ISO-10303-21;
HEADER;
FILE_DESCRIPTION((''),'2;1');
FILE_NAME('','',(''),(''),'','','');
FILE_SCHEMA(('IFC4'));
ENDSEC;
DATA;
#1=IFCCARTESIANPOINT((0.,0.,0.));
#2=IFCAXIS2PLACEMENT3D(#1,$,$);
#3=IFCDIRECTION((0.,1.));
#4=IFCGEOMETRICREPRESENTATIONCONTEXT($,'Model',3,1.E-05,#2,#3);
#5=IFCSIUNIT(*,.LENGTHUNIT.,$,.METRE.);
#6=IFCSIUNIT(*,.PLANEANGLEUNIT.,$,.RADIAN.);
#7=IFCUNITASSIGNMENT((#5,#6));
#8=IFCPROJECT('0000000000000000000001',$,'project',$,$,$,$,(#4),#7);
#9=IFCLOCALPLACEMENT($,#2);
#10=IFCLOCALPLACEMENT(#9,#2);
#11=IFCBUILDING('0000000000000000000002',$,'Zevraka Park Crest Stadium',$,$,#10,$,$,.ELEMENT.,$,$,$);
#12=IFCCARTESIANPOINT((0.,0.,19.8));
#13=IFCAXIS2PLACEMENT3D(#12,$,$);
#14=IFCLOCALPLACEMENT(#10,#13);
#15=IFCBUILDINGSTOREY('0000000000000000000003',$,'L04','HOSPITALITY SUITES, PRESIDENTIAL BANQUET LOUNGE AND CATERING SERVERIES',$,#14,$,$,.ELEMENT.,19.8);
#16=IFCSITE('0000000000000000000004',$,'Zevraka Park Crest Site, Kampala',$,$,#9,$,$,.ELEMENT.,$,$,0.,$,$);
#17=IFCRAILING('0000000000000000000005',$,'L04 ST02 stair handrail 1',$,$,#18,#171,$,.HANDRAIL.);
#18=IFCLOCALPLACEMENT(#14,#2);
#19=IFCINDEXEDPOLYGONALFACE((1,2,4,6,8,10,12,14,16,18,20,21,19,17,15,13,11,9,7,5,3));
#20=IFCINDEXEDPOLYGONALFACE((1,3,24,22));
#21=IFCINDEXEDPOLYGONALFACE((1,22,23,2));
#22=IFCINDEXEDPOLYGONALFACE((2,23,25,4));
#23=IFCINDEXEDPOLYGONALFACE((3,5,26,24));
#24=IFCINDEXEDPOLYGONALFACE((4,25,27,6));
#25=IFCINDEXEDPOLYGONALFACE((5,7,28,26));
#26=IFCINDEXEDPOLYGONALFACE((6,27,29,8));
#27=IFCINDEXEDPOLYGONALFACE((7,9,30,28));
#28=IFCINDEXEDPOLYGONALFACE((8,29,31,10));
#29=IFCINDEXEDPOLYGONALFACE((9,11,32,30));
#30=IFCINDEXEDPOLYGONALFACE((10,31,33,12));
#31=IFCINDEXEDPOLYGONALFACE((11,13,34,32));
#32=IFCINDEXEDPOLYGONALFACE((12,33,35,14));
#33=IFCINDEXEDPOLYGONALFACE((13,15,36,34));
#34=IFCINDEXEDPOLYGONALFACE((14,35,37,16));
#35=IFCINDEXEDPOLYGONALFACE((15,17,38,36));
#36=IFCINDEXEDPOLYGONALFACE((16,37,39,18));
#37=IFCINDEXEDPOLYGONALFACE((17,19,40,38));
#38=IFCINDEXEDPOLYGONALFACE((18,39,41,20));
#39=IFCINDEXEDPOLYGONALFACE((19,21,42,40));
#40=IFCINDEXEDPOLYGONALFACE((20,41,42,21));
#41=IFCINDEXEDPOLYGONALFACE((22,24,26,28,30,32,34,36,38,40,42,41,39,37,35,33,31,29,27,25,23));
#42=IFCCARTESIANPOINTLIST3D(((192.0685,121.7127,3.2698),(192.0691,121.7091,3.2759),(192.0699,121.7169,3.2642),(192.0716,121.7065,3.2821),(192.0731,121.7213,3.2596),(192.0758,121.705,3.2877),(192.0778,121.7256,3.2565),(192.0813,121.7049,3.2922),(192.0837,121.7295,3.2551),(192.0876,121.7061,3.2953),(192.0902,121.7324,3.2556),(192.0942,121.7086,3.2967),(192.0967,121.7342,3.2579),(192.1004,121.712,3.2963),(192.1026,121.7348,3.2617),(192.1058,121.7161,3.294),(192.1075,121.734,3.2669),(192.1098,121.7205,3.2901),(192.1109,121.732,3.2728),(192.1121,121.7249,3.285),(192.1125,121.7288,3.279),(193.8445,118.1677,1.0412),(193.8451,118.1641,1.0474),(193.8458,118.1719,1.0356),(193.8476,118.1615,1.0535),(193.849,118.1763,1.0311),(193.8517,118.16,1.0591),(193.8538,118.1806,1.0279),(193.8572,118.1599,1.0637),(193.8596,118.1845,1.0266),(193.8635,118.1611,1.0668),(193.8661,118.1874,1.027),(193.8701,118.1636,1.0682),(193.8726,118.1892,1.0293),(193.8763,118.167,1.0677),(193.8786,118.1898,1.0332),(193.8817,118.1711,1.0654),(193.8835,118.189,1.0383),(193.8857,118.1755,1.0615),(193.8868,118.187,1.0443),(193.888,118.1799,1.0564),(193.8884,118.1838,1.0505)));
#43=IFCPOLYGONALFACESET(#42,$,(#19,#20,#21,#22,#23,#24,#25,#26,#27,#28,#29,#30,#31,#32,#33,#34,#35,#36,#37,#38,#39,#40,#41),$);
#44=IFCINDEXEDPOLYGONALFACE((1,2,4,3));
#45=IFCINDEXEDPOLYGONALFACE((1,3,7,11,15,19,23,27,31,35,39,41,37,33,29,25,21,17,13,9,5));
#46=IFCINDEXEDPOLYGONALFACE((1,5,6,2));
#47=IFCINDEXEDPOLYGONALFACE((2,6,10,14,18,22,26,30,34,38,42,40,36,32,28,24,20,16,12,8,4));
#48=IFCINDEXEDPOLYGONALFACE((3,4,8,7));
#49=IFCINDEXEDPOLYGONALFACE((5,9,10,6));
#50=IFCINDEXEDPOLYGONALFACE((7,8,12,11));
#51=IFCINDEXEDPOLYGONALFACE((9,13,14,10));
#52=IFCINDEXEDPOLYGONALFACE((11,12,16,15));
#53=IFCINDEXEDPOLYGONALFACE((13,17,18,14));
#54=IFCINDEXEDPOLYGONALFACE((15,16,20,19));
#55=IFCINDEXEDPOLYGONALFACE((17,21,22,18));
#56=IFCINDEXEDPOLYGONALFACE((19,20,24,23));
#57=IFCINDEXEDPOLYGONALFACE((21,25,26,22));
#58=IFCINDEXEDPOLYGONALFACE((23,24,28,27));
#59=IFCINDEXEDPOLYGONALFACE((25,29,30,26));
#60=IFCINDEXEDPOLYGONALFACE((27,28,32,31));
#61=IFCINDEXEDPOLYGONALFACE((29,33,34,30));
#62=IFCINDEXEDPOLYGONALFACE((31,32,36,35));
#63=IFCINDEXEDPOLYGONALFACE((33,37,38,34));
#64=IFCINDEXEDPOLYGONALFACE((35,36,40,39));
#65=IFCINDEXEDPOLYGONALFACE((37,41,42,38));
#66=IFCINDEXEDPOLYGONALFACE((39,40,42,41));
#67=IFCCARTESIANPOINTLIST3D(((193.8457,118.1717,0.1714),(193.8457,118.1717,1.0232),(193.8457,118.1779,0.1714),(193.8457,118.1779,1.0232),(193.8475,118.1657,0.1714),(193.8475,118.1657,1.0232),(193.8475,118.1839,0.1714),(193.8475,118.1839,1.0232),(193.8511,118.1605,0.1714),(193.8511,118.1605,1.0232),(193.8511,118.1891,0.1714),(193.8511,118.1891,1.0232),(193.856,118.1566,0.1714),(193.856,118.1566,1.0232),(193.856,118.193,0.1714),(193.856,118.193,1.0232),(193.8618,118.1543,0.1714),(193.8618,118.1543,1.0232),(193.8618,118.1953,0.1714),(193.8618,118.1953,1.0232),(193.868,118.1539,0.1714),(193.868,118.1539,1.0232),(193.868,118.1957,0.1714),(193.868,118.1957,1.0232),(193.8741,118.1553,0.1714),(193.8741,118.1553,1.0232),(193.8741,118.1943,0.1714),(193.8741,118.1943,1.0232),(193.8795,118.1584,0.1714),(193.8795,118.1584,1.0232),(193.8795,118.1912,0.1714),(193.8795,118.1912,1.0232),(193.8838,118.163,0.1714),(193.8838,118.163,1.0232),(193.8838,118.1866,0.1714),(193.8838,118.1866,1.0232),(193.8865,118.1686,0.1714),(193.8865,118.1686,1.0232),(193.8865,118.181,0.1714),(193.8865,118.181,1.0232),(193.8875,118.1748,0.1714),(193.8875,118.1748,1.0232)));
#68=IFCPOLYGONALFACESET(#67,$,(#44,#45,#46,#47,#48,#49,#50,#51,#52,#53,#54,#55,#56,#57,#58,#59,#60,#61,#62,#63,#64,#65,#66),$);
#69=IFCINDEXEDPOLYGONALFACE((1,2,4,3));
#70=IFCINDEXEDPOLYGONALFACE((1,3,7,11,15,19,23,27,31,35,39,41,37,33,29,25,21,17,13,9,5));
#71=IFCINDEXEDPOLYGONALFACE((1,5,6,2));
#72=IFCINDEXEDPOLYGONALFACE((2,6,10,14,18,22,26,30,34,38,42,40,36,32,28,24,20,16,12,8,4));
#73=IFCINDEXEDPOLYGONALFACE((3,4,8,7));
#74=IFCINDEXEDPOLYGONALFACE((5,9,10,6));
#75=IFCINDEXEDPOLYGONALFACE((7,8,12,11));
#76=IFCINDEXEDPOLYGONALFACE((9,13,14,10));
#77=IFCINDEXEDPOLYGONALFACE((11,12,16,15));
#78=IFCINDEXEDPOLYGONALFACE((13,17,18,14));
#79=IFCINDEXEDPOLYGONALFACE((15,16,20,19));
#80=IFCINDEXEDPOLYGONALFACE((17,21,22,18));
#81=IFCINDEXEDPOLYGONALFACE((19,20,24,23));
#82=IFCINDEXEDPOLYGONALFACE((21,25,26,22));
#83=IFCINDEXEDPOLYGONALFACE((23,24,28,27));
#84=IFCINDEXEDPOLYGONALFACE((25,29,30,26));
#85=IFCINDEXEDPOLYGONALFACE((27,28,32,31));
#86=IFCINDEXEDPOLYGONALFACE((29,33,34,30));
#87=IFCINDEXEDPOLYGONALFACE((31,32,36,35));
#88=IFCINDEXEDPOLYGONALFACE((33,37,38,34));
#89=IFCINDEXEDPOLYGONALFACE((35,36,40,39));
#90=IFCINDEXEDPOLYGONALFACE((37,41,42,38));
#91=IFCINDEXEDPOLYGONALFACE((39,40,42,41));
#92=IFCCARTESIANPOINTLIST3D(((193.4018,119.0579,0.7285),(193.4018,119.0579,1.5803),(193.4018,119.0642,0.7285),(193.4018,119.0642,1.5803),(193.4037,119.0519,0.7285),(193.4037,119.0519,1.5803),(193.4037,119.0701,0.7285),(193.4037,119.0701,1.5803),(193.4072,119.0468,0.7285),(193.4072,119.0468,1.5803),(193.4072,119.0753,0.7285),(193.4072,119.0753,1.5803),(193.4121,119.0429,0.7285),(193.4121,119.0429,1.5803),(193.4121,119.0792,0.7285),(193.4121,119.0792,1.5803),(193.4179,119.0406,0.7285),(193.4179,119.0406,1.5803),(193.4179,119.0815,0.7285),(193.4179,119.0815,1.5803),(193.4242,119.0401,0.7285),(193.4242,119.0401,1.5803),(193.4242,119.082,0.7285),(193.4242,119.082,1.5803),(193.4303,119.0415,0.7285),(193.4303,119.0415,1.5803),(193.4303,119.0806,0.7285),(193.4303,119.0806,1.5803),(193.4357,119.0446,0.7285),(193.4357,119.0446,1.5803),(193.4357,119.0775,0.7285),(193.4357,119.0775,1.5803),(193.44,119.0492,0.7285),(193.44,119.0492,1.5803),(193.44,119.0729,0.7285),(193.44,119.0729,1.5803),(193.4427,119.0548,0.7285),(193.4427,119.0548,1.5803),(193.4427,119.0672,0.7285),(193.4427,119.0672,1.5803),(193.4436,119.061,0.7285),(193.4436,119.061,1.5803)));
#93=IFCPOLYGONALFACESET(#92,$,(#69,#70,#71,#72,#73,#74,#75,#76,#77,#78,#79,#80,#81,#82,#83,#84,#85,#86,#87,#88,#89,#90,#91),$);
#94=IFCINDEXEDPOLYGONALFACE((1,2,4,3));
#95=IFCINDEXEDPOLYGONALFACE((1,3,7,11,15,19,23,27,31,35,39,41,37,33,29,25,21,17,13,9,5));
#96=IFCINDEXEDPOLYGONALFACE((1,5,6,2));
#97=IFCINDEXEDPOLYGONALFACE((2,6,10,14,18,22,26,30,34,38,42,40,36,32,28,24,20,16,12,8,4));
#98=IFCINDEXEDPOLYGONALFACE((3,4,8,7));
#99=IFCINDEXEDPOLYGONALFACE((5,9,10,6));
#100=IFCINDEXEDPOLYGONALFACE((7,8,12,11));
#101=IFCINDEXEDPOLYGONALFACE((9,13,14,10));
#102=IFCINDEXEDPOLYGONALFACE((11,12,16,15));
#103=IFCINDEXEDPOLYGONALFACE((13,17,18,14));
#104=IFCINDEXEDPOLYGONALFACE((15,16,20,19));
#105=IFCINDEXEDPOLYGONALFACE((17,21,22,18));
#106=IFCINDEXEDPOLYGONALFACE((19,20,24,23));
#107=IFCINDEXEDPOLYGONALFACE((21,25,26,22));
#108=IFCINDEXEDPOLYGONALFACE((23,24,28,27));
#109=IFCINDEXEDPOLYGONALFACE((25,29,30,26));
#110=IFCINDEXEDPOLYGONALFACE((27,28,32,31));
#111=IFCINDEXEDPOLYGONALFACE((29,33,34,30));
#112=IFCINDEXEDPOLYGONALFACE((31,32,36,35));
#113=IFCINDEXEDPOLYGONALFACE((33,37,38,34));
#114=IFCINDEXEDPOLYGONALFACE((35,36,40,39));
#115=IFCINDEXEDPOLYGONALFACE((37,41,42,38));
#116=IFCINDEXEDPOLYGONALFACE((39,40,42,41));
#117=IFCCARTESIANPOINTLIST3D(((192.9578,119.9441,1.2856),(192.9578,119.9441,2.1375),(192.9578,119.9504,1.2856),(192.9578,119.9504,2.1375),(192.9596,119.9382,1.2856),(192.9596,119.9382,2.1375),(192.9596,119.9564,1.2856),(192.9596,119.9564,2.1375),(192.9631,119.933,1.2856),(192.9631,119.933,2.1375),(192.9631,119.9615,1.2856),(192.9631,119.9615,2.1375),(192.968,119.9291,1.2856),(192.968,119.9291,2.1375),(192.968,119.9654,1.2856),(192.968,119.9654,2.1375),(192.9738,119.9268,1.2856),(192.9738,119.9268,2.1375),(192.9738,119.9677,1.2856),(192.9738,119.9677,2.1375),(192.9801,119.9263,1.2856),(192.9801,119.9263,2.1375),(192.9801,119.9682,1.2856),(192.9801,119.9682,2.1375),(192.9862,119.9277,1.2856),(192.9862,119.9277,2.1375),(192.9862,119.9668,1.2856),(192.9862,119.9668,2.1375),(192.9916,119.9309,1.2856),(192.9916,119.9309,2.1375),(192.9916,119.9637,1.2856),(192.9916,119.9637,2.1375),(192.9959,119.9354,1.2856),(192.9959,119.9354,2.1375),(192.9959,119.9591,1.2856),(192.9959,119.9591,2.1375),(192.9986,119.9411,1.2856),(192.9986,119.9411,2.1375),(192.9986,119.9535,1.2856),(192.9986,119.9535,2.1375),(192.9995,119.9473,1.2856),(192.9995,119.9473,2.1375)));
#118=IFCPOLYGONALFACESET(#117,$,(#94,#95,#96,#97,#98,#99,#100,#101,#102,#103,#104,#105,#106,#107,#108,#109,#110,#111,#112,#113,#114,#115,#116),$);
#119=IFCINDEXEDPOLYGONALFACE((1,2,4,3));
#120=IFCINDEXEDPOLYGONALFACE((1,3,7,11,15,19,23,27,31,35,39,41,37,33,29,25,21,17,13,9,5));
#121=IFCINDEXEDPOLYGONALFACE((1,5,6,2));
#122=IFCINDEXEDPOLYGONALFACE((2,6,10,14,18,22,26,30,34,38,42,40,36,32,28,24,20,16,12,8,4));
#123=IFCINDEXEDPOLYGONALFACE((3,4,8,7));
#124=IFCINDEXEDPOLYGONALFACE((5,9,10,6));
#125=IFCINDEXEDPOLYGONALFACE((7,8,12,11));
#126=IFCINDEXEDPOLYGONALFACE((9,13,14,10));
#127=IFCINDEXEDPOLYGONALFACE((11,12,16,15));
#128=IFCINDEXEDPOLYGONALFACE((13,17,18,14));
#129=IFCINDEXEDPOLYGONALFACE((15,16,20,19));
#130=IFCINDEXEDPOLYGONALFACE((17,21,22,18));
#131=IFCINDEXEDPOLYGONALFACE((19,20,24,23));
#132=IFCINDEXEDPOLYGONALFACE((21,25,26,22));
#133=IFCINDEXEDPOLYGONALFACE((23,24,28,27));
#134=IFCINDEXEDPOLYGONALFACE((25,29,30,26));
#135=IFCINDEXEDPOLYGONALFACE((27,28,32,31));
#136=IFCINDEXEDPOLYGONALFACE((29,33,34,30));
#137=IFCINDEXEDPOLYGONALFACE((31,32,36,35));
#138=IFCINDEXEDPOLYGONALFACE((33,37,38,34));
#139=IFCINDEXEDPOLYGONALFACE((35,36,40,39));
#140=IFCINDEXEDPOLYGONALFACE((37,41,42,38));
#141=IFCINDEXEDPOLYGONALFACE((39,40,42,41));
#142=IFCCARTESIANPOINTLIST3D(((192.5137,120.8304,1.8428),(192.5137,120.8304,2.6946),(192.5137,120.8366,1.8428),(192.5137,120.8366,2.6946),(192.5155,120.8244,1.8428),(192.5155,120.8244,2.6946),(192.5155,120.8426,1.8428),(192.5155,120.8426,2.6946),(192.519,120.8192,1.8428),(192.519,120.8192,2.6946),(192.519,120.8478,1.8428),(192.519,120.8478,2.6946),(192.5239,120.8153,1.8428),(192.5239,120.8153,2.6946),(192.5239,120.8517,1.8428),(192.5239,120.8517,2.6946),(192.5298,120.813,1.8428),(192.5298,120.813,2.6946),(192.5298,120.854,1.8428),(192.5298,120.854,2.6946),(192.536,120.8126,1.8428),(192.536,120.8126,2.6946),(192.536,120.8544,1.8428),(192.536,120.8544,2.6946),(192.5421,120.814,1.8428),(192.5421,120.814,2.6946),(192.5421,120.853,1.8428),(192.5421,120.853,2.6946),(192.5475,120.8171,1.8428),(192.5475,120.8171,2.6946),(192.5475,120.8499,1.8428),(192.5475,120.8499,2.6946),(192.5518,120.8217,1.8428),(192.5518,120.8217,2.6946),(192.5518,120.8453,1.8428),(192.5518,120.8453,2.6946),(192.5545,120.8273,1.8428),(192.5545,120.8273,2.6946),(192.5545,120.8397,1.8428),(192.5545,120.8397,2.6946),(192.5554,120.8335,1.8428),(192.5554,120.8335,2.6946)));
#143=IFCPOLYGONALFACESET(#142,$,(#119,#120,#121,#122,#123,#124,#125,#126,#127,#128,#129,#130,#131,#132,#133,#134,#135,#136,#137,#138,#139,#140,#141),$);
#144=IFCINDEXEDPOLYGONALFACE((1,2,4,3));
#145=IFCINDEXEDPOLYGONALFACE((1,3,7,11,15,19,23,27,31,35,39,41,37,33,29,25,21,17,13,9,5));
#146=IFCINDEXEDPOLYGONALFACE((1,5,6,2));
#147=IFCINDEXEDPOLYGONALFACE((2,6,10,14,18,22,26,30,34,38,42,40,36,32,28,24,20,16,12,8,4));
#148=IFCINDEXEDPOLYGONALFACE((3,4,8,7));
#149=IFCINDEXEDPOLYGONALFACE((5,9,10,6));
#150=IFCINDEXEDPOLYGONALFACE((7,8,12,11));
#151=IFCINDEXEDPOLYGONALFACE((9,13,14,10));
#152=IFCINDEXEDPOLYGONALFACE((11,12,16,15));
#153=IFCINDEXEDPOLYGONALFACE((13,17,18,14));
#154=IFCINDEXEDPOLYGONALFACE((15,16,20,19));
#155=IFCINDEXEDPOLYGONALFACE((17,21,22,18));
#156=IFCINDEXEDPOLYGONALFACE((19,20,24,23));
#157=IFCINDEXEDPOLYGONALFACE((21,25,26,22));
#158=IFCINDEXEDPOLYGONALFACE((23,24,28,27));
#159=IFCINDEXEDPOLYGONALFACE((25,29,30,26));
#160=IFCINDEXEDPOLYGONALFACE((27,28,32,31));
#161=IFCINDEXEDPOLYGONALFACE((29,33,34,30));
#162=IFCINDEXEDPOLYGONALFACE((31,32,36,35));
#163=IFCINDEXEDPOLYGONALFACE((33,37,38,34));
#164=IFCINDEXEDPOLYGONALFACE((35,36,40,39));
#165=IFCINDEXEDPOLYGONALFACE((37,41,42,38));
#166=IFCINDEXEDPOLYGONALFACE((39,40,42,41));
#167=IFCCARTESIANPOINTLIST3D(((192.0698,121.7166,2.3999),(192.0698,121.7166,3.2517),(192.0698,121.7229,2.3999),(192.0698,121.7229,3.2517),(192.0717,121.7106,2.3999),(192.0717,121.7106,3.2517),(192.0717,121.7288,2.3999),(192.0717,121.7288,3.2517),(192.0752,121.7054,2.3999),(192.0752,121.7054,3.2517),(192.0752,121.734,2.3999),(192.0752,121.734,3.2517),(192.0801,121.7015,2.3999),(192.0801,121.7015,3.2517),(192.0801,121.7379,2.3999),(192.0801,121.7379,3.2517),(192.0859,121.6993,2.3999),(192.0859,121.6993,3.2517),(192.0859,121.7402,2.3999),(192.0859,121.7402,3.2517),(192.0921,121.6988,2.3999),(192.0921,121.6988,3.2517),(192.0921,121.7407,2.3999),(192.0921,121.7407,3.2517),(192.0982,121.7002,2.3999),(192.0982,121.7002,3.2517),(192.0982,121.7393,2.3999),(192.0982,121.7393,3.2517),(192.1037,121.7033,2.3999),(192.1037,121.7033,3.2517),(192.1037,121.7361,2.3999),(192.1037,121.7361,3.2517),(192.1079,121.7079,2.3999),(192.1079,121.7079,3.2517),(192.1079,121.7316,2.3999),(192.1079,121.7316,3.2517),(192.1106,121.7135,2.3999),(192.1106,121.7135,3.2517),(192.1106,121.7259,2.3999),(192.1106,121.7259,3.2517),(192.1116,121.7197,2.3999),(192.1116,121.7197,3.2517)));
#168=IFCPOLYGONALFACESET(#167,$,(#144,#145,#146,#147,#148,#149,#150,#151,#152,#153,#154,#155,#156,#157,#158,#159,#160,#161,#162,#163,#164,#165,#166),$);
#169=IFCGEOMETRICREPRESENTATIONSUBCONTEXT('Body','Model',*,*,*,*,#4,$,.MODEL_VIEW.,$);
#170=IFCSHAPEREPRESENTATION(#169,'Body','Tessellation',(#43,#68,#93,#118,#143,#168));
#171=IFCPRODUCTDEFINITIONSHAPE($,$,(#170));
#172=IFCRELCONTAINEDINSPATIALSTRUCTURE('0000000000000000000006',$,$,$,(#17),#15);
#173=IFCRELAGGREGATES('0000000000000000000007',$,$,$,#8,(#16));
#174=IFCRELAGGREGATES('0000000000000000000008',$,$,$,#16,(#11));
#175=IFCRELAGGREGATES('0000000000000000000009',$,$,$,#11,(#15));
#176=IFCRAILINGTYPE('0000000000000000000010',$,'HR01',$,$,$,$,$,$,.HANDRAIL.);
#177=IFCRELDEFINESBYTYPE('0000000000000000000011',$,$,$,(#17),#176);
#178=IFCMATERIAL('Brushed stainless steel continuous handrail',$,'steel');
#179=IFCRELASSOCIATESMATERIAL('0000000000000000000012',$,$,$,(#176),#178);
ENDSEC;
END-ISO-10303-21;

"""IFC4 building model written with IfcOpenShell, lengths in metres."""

from ifc_helpers import new_model, si_unit, direction, frame, origin, origin_2d, place, context, subcontext, project, spatial, circle, extrude, material, type_object, element, save


model = new_model("IFC4")

# Units and contexts
model_context = context("Model", 3, precision=1e-05, world=origin(), true_north=direction((0.0, 1.0)))
body_context = subcontext(model_context, "Body", "Model", "MODEL_VIEW")
ifc_project = project(units=[si_unit("LENGTHUNIT", "METRE"), si_unit("PLANEANGLEUNIT", "RADIAN")], contexts=[model_context])

# Site, building, storey
site_placement = place(None, origin())
site = spatial("IfcSite", under=ifc_project, at=site_placement, Name="Zevraka Park Crest Site, Kampala", CompositionType="ELEMENT", RefElevation=0.0)
building_placement = place(site_placement, origin())
building = spatial("IfcBuilding", under=site, at=building_placement, Name="Zevraka Park Crest Stadium", CompositionType="ELEMENT")
storey_placement = place(building_placement, frame((0.0, 0.0, 19.8)))
storey = spatial("IfcBuildingStorey", under=building, at=storey_placement, Name="L04", Description="HOSPITALITY SUITES, PRESIDENTIAL BANQUET LOUNGE AND CATERING SERVERIES", CompositionType="ELEMENT", Elevation=19.8)

# Railing
ifc_material_1 = material(Name="Brushed stainless steel continuous handrail", Category="steel")
railing_type_1 = type_object("IfcRailingType", Name="HR01", PredefinedType="HANDRAIL", material=ifc_material_1)
railing_1_placement = place(storey_placement, frame((193.8665, 118.1748, 0.1714)))
element("IfcRailing", 1, at=railing_1_placement, inside=storey, type_object=railing_type_1, Name="L04 ST02 stair handrail 1", PredefinedType="HANDRAIL", context=body_context, shape_type="SweptSolid", body=[
    extrude(circle(Radius=0.0239, at=origin_2d()), frame((0.0, 0.0, 0.876), z_axis=(-0.390454, 0.779405, 0.489973), x_axis=(-0.894082, -0.447903, 0.0)), (0.0, 0.0, 1.0), 4.5483),
    extrude(circle(Radius=0.021, at=origin_2d()), origin(), (0.0, 0.0, 1.0), 0.8518),
    extrude(circle(Radius=0.021, at=origin_2d()), frame((-0.4438, 0.8862, 0.5571)), (0.0, 0.0, 1.0), 0.8518),
    extrude(circle(Radius=0.021, at=origin_2d()), frame((-0.8879, 1.7725, 1.1143)), (0.0, 0.0, 1.0), 0.8518),
    extrude(circle(Radius=0.021, at=origin_2d()), frame((-1.332, 2.6587, 1.6714)), (0.0, 0.0, 1.0), 0.8518),
    extrude(circle(Radius=0.021, at=origin_2d()), frame((-1.7759, 3.5449, 2.2285)), (0.0, 0.0, 1.0), 0.8518),
])

save(model, "model.ifc")
